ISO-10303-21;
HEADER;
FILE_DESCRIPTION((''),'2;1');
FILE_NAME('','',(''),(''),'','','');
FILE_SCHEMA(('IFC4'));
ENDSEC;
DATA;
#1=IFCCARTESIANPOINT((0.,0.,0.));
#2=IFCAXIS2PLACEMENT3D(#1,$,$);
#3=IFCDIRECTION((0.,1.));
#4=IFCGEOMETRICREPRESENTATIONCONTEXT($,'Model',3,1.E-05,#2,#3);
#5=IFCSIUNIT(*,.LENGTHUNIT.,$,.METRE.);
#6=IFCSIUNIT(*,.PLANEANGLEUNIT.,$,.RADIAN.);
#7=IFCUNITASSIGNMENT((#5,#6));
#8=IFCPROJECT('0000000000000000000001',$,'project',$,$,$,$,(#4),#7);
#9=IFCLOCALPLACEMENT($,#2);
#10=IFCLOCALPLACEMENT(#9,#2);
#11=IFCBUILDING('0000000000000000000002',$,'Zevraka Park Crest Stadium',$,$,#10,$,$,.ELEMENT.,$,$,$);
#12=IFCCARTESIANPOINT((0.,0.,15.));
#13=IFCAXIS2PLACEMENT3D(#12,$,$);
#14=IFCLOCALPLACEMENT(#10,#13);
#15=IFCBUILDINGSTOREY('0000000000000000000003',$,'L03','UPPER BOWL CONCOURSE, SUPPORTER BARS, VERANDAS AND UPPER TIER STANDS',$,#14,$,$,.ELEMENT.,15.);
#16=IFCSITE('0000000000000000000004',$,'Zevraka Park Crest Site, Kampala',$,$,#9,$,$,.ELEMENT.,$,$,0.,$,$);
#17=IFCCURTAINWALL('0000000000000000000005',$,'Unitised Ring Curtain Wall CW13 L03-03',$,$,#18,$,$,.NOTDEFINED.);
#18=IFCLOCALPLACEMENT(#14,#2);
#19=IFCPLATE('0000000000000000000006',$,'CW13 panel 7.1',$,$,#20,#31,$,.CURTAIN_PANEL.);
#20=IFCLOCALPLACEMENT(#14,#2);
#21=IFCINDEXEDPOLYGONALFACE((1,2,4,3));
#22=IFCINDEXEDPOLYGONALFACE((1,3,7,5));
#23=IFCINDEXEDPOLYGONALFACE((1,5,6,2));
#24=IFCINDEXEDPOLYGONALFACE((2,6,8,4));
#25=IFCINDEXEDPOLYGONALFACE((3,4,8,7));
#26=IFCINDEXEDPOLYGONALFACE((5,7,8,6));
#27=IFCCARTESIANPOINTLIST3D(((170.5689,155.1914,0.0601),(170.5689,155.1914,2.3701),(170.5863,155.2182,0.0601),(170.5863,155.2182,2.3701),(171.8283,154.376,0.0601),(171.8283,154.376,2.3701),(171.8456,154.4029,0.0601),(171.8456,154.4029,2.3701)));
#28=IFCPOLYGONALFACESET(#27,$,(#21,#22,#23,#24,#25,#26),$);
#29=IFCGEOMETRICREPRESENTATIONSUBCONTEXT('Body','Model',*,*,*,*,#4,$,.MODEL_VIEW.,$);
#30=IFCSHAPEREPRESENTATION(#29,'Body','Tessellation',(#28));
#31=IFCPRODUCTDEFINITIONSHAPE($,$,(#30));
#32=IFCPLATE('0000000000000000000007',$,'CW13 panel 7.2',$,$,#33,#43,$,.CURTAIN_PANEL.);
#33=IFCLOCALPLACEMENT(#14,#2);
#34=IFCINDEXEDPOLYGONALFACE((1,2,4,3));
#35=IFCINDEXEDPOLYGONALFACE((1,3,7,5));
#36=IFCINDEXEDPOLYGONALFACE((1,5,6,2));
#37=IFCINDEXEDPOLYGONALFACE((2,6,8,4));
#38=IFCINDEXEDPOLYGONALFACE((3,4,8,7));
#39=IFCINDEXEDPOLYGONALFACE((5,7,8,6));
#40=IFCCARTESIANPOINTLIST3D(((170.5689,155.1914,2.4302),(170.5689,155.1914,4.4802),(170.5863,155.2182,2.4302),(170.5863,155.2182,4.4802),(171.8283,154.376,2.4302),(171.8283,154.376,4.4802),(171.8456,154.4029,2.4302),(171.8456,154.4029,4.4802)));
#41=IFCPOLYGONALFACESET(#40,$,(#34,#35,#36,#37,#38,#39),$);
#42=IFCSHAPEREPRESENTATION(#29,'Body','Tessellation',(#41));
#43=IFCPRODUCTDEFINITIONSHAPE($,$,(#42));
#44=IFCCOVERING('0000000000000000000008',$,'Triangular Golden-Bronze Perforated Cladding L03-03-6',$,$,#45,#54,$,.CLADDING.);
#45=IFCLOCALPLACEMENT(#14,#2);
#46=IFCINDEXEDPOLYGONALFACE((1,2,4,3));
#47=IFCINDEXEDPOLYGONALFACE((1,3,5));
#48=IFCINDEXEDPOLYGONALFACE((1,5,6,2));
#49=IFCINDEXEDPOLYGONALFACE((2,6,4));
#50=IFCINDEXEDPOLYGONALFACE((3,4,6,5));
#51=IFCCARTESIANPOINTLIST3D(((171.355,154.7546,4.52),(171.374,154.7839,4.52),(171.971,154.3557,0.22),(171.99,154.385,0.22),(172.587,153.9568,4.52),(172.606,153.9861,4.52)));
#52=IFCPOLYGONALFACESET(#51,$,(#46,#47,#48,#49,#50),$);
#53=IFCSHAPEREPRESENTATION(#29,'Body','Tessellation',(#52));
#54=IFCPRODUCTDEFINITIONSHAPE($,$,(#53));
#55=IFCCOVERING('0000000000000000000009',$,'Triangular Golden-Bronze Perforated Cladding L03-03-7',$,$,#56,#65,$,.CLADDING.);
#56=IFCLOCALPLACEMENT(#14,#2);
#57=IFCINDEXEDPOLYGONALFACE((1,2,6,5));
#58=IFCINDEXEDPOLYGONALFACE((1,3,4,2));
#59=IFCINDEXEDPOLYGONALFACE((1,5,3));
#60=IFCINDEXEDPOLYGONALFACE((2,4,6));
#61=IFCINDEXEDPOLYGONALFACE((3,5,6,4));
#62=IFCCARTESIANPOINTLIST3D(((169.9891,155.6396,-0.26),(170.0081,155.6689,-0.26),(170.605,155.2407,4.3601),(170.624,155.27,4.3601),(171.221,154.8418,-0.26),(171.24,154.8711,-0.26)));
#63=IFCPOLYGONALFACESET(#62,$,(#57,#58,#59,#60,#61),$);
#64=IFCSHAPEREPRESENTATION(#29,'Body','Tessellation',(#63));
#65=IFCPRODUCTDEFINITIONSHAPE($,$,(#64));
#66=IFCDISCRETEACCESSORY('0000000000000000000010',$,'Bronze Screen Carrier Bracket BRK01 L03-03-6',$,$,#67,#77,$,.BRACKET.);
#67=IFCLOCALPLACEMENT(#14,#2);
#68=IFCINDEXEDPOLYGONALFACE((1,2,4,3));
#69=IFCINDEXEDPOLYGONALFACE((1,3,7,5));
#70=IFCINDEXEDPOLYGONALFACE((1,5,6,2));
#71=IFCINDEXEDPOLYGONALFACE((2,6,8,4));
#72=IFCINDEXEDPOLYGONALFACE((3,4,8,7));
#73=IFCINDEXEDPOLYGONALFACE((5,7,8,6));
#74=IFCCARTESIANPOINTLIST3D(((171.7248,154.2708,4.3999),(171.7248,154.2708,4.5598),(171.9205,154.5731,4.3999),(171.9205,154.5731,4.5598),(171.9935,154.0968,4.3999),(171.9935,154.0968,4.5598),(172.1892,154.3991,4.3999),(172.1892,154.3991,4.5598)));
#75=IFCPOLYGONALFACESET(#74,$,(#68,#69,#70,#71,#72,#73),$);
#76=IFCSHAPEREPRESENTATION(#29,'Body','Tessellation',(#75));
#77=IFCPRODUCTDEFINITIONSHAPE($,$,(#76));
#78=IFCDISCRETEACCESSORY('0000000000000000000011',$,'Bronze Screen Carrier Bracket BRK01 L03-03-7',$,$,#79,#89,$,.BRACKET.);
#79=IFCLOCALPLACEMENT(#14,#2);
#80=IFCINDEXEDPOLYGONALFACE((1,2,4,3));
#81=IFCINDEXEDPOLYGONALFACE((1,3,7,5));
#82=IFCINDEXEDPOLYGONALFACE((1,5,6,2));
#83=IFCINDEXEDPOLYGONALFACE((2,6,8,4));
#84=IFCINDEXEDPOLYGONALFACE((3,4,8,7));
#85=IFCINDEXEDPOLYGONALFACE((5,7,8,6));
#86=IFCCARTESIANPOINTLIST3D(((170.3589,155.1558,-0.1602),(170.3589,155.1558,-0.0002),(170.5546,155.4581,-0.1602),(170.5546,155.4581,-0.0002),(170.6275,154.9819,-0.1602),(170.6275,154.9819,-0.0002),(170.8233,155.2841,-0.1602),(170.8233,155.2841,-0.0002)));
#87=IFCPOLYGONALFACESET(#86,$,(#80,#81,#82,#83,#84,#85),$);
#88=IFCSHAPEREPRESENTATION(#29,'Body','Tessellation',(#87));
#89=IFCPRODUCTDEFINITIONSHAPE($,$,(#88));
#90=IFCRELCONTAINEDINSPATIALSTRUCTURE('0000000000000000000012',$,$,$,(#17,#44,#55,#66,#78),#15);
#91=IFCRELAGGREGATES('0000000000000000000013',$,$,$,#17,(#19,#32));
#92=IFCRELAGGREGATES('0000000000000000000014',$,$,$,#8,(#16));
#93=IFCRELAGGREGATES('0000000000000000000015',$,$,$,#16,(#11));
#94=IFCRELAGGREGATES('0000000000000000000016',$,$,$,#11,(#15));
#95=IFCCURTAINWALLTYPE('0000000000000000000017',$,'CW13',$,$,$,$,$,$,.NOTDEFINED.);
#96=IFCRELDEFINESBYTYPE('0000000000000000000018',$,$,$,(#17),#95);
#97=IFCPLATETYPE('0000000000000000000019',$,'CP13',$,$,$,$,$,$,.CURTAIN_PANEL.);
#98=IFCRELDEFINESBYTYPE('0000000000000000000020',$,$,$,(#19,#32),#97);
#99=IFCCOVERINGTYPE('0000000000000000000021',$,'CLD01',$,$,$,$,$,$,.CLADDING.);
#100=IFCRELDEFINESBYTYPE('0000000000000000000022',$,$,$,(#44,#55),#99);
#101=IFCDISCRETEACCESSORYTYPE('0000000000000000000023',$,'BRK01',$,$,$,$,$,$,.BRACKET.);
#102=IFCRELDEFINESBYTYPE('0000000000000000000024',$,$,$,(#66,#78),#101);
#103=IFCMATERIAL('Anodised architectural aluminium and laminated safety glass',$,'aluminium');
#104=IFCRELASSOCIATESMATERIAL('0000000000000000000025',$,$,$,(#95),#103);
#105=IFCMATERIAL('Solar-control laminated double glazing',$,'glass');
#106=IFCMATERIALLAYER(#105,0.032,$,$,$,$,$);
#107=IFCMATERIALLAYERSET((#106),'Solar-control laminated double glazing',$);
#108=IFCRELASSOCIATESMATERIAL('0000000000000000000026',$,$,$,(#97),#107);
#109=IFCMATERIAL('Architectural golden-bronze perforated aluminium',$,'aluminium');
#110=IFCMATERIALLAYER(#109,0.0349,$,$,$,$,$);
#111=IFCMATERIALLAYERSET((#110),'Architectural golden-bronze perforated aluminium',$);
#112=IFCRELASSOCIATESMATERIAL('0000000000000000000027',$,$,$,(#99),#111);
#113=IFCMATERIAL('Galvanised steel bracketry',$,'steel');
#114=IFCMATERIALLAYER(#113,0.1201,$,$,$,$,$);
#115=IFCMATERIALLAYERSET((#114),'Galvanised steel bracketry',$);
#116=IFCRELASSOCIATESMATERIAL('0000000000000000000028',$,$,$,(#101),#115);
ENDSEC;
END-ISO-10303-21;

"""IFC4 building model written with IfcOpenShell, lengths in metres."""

from ifc_helpers import new_model, si_unit, direction, frame, origin, origin_2d, place, context, subcontext, project, spatial, polyline, rectangle, outline, extrude, material, layer, layer_set, type_object, element, aggregate, save


model = new_model("IFC4")

# Units and contexts
model_context = context("Model", 3, precision=1e-05, world=origin(), true_north=direction((0.0, 1.0)))
body_context = subcontext(model_context, "Body", "Model", "MODEL_VIEW")
ifc_project = project(units=[si_unit("LENGTHUNIT", "METRE"), si_unit("PLANEANGLEUNIT", "RADIAN")], contexts=[model_context])

# Site, building, storey
site_placement = place(None, origin())
site = spatial("IfcSite", under=ifc_project, at=site_placement, Name="Zevraka Park Crest Site, Kampala", CompositionType="ELEMENT", RefElevation=0.0)
building_placement = place(site_placement, origin())
building = spatial("IfcBuilding", under=site, at=building_placement, Name="Zevraka Park Crest Stadium", CompositionType="ELEMENT")
storey_placement = place(building_placement, frame((0.0, 0.0, 15.0)))
storey = spatial("IfcBuildingStorey", under=building, at=storey_placement, Name="L03", Description="UPPER BOWL CONCOURSE, SUPPORTER BARS, VERANDAS AND UPPER TIER STANDS", CompositionType="ELEMENT", Elevation=15.0)

# Curtain wall, plates
ifc_material_1 = material(Name="Anodised architectural aluminium and laminated safety glass", Category="aluminium")
curtain_wall_type = type_object("IfcCurtainWallType", Name="CW13", PredefinedType="NOTDEFINED", material=ifc_material_1)
curtain_wall_placement = place(storey_placement, origin())
curtain_wall = element("IfcCurtainWall", 1, at=curtain_wall_placement, inside=storey, type_object=curtain_wall_type, Name="Unitised Ring Curtain Wall CW13 L03-03", PredefinedType="NOTDEFINED")
ifc_material_2 = material(Name="Solar-control laminated double glazing", Category="glass")
ifc_layer_1 = layer(ifc_material_2, 0.032)
ifc_layer_set_1 = layer_set([ifc_layer_1], Name="Solar-control laminated double glazing")
plate_type = type_object("IfcPlateType", Name="CP13", PredefinedType="CURTAIN_PANEL", material=ifc_layer_set_1)
plate_1_placement = place(storey_placement, frame((171.2073, 154.7971, 0.0601), z_axis=(0.0, 0.0, 1.0), x_axis=(-0.839429, 0.543469, 0.0)))
plate_1 = element("IfcPlate", 2, at=plate_1_placement, type_object=plate_type, Name="CW13 panel 7.1", PredefinedType="CURTAIN_PANEL", context=body_context, shape_type="SweptSolid", body=[
    extrude(rectangle(XDim=1.5002, YDim=0.032, at=origin_2d()), origin(), (0.0, 0.0, 1.0), 2.3101),
])
plate_2_placement = place(storey_placement, frame((171.2073, 154.7971, 2.4302), z_axis=(0.0, 0.0, 1.0), x_axis=(-0.839429, 0.543469, 0.0)))
plate_2 = element("IfcPlate", 3, at=plate_2_placement, type_object=plate_type, Name="CW13 panel 7.2", PredefinedType="CURTAIN_PANEL", context=body_context, shape_type="SweptSolid", body=[
    extrude(rectangle(XDim=1.5002, YDim=0.032, at=origin_2d()), origin(), (0.0, 0.0, 1.0), 2.05),
])
aggregate(curtain_wall, [plate_1, plate_2])

# Coverings
ifc_material_3 = material(Name="Architectural golden-bronze perforated aluminium", Category="aluminium")
ifc_layer_2 = layer(ifc_material_3, 0.0349)
ifc_layer_set_2 = layer_set([ifc_layer_2], Name="Architectural golden-bronze perforated aluminium")
covering_type = type_object("IfcCoveringType", Name="CLD01", PredefinedType="CLADDING", material=ifc_layer_set_2)
covering_1_placement = place(storey_placement, frame((171.374, 154.7839, 4.52), z_axis=(0.543596, 0.839347, 0.0), x_axis=(0.839347, -0.543596, 0.0)))
element("IfcCovering", 4, at=covering_1_placement, inside=storey, type_object=covering_type, Name="Triangular Golden-Bronze Perforated Cladding L03-03-6", PredefinedType="CLADDING", context=body_context, shape_type="SweptSolid", body=[
    extrude(outline(polyline([(0.0, 0.0), (1.4677, 0.0), (0.7339, 4.3), (0.0, 0.0)])), origin(), (0.0, 0.0, -1.0), 0.0349),
])
covering_2_placement = place(storey_placement, frame((171.24, 154.8711, -0.26), z_axis=(0.543596, 0.839347, 0.0), x_axis=(-0.839347, 0.543596, 0.0)))
element("IfcCovering", 5, at=covering_2_placement, inside=storey, type_object=covering_type, Name="Triangular Golden-Bronze Perforated Cladding L03-03-7", PredefinedType="CLADDING", context=body_context, shape_type="SweptSolid", body=[
    extrude(outline(polyline([(0.0, 0.0), (1.4677, 0.0), (0.7339, 4.6201), (0.0, 0.0)])), origin(), (0.0, 0.0, -1.0), 0.0349),
])

# Discrete accessories
ifc_material_4 = material(Name="Galvanised steel bracketry", Category="steel")
ifc_layer_3 = layer(ifc_material_4, 0.1201)
ifc_layer_set_3 = layer_set([ifc_layer_3], Name="Galvanised steel bracketry")
discrete_accessory_type = type_object("IfcDiscreteAccessoryType", Name="BRK01", PredefinedType="BRACKET", material=ifc_layer_set_3)
for number, where, z_axis, x_axis, name in (
    (6, (171.957, 154.335, 4.3999), (0.0, 0.0, 1.0), (-0.83943, 0.543467, 0.0), "Bronze Screen Carrier Bracket BRK01 L03-03-6"),
    (7, (170.5911, 155.22, -0.1602), (0.0, 0.0, 1.0), (-0.83943, 0.543467, 0.0), "Bronze Screen Carrier Bracket BRK01 L03-03-7"),
):
    element("IfcDiscreteAccessory", number, at=place(storey_placement, frame(where, z_axis=z_axis, x_axis=x_axis)), inside=storey, type_object=discrete_accessory_type, Name=name, PredefinedType="BRACKET", context=body_context, shape_type="SweptSolid", body=[
        extrude(rectangle(XDim=0.3201, YDim=0.3601, at=origin_2d()), origin(), (0.0, 0.0, 1.0), 0.1599),
    ])

save(model, "model.ifc")
